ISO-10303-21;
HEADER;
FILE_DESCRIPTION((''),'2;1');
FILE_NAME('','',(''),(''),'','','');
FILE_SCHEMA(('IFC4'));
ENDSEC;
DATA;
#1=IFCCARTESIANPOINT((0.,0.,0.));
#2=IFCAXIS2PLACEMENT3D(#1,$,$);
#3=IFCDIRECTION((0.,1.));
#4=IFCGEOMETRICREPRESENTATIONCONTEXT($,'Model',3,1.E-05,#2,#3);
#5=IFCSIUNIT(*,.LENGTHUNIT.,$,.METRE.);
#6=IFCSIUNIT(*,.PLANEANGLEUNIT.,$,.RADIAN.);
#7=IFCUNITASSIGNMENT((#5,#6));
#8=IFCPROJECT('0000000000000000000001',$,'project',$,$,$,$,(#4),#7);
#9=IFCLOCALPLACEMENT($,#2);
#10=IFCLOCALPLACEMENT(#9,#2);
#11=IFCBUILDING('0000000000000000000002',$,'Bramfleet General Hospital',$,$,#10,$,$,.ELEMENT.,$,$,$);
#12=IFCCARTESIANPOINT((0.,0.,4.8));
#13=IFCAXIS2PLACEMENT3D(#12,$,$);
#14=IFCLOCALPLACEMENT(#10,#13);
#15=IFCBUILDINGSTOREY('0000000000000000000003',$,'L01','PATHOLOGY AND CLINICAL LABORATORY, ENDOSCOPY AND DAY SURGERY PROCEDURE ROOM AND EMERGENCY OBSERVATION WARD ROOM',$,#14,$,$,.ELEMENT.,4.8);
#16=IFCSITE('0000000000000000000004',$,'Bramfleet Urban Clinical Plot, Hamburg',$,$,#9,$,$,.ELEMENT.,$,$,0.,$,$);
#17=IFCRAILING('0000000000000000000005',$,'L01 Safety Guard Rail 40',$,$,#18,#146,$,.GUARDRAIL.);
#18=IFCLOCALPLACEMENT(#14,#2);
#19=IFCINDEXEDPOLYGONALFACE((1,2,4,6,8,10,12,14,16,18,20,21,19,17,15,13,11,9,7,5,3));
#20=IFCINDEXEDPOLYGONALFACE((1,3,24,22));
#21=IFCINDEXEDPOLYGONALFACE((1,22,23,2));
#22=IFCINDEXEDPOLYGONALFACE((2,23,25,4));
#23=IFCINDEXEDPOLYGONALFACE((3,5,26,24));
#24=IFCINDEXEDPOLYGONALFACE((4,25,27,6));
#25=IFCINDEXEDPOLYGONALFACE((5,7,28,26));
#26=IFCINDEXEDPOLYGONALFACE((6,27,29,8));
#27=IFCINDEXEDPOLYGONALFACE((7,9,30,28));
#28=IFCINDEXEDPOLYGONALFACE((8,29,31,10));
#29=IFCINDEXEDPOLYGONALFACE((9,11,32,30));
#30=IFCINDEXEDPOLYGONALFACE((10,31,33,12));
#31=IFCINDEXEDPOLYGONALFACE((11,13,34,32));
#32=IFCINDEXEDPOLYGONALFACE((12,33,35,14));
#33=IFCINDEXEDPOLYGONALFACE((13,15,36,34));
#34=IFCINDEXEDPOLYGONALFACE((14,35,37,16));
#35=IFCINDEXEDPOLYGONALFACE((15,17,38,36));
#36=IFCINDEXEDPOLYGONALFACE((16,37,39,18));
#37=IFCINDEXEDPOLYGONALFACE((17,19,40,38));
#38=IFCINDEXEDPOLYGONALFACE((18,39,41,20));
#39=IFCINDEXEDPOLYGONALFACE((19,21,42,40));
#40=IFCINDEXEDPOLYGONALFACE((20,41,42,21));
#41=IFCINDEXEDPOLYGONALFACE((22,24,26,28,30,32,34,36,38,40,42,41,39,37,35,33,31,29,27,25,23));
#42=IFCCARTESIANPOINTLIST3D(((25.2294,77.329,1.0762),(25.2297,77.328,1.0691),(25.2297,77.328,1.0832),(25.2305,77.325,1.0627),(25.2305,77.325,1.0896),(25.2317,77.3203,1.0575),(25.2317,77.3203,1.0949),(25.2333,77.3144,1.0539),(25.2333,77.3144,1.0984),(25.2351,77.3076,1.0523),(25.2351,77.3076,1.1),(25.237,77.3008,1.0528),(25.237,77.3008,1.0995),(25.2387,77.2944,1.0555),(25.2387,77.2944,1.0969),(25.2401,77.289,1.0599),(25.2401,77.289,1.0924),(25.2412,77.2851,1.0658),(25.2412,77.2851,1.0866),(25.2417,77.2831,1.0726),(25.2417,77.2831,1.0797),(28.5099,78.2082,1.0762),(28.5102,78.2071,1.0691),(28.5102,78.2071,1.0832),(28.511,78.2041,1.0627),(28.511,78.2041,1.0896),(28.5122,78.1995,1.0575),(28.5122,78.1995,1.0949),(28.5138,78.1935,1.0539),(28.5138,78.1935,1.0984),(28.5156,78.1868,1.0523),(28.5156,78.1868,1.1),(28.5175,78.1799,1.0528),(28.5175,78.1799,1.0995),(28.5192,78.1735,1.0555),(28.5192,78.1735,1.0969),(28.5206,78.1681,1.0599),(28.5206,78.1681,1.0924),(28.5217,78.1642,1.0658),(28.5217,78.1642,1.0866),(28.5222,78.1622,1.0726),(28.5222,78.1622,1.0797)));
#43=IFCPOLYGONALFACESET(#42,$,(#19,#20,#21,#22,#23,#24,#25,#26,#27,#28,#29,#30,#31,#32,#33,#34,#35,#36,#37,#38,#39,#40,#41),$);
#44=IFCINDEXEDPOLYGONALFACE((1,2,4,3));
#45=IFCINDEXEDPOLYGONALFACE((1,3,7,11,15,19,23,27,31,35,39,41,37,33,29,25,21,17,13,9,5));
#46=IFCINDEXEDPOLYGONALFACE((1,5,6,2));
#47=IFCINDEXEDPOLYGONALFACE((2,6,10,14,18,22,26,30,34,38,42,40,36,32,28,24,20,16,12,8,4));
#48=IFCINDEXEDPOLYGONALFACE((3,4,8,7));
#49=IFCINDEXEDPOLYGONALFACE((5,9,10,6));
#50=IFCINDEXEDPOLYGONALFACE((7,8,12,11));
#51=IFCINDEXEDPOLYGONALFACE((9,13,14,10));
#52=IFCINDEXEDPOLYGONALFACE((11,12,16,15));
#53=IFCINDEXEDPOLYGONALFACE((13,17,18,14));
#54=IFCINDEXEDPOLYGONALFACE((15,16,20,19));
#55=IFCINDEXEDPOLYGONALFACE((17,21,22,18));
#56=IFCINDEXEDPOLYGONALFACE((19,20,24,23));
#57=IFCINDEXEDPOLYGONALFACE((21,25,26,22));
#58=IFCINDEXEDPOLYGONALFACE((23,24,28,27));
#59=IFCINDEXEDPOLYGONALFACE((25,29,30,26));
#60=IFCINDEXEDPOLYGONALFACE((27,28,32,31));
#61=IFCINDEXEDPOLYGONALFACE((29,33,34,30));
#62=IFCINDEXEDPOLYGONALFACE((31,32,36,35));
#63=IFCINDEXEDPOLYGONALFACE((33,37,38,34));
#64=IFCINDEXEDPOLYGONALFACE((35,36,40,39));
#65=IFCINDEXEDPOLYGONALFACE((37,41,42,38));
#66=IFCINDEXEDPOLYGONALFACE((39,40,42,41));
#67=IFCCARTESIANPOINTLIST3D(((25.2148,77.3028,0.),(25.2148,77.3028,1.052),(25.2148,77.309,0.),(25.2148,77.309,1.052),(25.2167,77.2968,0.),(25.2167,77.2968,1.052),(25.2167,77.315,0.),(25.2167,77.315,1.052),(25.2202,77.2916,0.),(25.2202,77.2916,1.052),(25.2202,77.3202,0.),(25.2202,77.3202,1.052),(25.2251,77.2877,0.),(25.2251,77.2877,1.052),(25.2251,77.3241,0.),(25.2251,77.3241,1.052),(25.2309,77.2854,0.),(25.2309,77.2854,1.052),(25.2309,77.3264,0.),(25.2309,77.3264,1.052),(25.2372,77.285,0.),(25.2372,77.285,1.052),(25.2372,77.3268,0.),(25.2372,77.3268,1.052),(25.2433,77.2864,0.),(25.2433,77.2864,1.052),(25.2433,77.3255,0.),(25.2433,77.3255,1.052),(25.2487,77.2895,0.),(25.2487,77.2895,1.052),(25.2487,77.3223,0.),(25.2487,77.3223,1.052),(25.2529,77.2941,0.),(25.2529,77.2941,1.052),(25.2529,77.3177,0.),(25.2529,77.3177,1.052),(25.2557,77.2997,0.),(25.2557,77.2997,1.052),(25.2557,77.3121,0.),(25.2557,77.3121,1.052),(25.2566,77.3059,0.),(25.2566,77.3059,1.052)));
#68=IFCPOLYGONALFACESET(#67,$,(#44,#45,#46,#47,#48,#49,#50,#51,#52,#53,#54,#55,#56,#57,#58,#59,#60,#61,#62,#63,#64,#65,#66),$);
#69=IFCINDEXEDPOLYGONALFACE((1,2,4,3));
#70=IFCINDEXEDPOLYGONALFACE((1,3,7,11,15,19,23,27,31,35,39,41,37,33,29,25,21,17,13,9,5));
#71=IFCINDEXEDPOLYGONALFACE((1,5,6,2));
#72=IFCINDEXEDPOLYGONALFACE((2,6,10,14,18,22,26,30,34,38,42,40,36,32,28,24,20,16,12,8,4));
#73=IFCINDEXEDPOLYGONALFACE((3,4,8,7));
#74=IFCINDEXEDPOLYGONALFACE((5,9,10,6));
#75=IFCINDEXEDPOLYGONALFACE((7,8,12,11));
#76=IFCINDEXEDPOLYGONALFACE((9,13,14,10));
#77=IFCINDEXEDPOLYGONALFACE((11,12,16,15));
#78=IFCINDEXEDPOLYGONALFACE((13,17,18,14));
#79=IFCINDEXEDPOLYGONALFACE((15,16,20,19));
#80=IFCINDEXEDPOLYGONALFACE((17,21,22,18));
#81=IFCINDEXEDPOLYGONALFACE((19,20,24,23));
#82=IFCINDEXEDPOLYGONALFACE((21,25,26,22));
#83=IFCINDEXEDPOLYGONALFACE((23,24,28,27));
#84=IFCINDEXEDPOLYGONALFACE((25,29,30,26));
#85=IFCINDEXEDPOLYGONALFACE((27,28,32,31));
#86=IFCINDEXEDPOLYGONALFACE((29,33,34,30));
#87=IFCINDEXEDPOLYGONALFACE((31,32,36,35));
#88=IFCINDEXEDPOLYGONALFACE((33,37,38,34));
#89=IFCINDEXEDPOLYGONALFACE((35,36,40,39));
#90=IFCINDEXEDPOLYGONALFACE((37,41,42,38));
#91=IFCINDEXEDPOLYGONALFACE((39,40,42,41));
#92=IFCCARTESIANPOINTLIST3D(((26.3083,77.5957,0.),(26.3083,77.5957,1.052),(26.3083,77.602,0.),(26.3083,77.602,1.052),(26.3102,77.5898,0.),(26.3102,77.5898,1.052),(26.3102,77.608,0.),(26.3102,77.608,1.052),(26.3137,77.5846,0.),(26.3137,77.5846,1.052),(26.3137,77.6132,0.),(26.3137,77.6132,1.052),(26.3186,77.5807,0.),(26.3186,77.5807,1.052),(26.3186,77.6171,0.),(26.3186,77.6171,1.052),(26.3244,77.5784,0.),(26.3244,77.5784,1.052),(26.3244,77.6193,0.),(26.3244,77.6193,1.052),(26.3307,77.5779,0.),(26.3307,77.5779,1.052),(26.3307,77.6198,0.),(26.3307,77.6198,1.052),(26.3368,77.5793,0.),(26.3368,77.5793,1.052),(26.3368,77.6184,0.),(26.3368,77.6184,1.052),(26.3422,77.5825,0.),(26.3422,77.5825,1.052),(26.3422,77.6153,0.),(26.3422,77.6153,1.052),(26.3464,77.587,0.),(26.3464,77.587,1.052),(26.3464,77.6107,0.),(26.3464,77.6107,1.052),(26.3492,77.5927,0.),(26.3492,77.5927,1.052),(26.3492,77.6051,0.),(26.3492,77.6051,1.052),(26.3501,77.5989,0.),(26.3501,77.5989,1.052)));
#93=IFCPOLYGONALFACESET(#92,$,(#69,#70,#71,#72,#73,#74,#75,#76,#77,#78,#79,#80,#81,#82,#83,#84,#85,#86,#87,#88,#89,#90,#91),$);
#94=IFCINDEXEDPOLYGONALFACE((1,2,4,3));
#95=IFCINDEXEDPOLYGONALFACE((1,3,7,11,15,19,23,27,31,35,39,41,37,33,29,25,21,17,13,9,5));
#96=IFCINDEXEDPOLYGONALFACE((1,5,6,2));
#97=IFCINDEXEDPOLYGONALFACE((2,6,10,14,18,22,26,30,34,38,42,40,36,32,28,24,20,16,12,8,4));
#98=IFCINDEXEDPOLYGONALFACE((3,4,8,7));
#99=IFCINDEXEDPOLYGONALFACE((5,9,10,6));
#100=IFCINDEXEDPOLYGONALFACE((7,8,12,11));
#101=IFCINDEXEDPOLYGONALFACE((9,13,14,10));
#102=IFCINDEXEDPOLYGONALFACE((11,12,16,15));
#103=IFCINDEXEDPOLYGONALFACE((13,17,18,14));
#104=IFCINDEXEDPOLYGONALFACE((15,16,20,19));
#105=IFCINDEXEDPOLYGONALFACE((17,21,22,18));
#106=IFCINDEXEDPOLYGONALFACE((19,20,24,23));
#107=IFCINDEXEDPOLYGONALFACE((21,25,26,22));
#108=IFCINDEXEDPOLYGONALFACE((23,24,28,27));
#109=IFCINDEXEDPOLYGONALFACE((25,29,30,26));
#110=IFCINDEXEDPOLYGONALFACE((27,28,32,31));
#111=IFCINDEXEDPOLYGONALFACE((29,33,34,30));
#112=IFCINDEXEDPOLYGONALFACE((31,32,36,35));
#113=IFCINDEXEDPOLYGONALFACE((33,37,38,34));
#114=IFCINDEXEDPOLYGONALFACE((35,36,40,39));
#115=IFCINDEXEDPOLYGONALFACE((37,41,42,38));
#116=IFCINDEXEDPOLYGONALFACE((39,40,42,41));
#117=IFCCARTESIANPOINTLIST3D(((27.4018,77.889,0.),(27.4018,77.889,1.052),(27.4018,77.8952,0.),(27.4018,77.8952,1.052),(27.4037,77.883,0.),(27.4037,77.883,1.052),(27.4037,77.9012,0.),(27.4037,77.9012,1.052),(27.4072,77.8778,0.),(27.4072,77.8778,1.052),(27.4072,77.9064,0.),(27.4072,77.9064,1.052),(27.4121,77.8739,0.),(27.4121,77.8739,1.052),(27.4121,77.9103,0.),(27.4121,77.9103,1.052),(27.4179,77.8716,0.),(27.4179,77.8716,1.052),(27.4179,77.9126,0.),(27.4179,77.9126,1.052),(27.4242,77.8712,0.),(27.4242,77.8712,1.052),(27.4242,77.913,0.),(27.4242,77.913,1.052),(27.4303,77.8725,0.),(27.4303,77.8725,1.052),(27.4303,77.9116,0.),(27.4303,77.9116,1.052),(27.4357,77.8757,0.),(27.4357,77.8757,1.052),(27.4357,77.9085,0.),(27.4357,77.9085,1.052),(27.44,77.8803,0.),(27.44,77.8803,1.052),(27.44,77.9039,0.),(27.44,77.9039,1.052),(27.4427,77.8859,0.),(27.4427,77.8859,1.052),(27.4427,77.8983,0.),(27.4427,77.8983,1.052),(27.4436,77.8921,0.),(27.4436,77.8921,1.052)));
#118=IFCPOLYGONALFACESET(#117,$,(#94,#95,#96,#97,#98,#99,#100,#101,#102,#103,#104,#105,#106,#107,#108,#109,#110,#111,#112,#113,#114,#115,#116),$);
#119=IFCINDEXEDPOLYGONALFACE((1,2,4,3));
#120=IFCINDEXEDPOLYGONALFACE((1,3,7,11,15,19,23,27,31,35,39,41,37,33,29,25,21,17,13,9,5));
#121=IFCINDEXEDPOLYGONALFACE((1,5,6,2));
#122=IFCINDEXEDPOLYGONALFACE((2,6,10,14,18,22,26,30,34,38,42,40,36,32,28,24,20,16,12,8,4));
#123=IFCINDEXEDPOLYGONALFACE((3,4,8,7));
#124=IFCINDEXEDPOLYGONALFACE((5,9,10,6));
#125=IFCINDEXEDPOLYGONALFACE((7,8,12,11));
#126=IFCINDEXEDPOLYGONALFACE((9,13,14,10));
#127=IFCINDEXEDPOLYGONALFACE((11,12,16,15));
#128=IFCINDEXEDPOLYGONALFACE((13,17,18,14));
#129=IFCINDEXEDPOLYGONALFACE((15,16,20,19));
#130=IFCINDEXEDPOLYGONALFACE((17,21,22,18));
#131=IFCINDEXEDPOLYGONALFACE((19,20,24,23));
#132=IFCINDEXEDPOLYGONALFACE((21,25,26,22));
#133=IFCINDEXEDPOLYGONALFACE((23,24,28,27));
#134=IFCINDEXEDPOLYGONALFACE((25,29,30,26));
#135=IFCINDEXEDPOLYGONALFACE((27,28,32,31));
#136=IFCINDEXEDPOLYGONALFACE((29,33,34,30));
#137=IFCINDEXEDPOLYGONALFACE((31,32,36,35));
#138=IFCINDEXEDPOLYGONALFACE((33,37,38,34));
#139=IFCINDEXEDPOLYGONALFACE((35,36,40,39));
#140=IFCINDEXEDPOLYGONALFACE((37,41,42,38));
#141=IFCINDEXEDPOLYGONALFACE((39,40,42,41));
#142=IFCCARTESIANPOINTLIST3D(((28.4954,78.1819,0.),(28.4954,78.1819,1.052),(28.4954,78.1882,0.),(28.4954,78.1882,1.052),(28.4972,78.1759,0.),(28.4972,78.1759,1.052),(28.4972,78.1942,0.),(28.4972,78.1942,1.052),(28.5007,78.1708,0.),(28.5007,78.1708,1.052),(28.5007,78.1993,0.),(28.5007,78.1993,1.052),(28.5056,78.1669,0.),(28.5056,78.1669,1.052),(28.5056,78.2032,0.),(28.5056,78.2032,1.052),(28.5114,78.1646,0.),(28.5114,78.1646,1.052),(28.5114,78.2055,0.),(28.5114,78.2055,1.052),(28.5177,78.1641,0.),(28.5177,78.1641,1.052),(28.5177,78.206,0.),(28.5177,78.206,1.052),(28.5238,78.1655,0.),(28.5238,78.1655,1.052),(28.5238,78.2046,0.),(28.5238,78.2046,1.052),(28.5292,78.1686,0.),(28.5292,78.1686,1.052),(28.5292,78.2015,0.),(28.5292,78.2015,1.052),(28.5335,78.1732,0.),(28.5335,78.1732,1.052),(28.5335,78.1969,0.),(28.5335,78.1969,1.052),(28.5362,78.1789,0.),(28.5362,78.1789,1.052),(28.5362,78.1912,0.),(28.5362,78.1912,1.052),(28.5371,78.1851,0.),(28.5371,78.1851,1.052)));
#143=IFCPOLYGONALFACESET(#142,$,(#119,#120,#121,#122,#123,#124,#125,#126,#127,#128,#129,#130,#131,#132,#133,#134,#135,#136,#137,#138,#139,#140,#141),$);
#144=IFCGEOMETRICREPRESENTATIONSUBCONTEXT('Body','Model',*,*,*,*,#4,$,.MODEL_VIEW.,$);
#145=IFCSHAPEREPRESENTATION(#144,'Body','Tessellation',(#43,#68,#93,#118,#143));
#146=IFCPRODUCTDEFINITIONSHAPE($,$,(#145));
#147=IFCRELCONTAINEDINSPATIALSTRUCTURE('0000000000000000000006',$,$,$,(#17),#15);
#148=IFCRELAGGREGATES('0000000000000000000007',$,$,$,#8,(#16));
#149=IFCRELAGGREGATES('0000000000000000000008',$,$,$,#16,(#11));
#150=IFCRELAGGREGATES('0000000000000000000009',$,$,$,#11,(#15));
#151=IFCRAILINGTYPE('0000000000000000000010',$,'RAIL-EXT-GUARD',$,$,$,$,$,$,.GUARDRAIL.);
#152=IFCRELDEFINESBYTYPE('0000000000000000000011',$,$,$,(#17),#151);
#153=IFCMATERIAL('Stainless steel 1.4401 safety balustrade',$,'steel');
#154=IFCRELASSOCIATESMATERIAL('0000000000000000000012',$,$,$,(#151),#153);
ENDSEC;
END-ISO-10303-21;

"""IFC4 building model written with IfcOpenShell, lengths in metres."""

from ifc_helpers import new_model, si_unit, direction, frame, origin, origin_2d, place, context, subcontext, project, spatial, circle, extrude, material, type_object, element, save


model = new_model("IFC4")

# Units and contexts
model_context = context("Model", 3, precision=1e-05, world=origin(), true_north=direction((0.0, 1.0)))
body_context = subcontext(model_context, "Body", "Model", "MODEL_VIEW")
ifc_project = project(units=[si_unit("LENGTHUNIT", "METRE"), si_unit("PLANEANGLEUNIT", "RADIAN")], contexts=[model_context])

# Site, building, storey
site_placement = place(None, origin())
site = spatial("IfcSite", under=ifc_project, at=site_placement, Name="Bramfleet Urban Clinical Plot, Hamburg", CompositionType="ELEMENT", RefElevation=0.0)
building_placement = place(site_placement, origin())
building = spatial("IfcBuilding", under=site, at=building_placement, Name="Bramfleet General Hospital", CompositionType="ELEMENT")
storey_placement = place(building_placement, frame((0.0, 0.0, 4.8)))
storey = spatial("IfcBuildingStorey", under=building, at=storey_placement, Name="L01", Description="PATHOLOGY AND CLINICAL LABORATORY, ENDOSCOPY AND DAY SURGERY PROCEDURE ROOM AND EMERGENCY OBSERVATION WARD ROOM", CompositionType="ELEMENT", Elevation=4.8)

# Railing
ifc_material_1 = material(Name="Stainless steel 1.4401 safety balustrade", Category="steel")
railing_type = type_object("IfcRailingType", Name="RAIL-EXT-GUARD", PredefinedType="GUARDRAIL", material=ifc_material_1)
railing_placement = place(storey_placement, frame((25.2356, 77.3059, 0.0)))
element("IfcRailing", 1, at=railing_placement, inside=storey, type_object=railing_type, Name="L01 Safety Guard Rail 40", PredefinedType="GUARDRAIL", context=body_context, shape_type="SweptSolid", body=[
    extrude(circle(Radius=0.0239, at=origin_2d()), frame((0.0, 0.0, 1.0762), z_axis=(0.965916, 0.258857, 0.0), x_axis=(-0.258857, 0.965916, 0.0)), (0.0, 0.0, 1.0), 3.3962),
    extrude(circle(Radius=0.021, at=origin_2d()), origin(), (0.0, 0.0, 1.0), 1.052),
    extrude(circle(Radius=0.021, at=origin_2d()), frame((1.0935, 0.293, 0.0)), (0.0, 0.0, 1.0), 1.052),
    extrude(circle(Radius=0.021, at=origin_2d()), frame((2.187, 0.5862, 0.0)), (0.0, 0.0, 1.0), 1.052),
    extrude(circle(Radius=0.021, at=origin_2d()), frame((3.2805, 0.8792, 0.0)), (0.0, 0.0, 1.0), 1.052),
])

save(model, "model.ifc")
